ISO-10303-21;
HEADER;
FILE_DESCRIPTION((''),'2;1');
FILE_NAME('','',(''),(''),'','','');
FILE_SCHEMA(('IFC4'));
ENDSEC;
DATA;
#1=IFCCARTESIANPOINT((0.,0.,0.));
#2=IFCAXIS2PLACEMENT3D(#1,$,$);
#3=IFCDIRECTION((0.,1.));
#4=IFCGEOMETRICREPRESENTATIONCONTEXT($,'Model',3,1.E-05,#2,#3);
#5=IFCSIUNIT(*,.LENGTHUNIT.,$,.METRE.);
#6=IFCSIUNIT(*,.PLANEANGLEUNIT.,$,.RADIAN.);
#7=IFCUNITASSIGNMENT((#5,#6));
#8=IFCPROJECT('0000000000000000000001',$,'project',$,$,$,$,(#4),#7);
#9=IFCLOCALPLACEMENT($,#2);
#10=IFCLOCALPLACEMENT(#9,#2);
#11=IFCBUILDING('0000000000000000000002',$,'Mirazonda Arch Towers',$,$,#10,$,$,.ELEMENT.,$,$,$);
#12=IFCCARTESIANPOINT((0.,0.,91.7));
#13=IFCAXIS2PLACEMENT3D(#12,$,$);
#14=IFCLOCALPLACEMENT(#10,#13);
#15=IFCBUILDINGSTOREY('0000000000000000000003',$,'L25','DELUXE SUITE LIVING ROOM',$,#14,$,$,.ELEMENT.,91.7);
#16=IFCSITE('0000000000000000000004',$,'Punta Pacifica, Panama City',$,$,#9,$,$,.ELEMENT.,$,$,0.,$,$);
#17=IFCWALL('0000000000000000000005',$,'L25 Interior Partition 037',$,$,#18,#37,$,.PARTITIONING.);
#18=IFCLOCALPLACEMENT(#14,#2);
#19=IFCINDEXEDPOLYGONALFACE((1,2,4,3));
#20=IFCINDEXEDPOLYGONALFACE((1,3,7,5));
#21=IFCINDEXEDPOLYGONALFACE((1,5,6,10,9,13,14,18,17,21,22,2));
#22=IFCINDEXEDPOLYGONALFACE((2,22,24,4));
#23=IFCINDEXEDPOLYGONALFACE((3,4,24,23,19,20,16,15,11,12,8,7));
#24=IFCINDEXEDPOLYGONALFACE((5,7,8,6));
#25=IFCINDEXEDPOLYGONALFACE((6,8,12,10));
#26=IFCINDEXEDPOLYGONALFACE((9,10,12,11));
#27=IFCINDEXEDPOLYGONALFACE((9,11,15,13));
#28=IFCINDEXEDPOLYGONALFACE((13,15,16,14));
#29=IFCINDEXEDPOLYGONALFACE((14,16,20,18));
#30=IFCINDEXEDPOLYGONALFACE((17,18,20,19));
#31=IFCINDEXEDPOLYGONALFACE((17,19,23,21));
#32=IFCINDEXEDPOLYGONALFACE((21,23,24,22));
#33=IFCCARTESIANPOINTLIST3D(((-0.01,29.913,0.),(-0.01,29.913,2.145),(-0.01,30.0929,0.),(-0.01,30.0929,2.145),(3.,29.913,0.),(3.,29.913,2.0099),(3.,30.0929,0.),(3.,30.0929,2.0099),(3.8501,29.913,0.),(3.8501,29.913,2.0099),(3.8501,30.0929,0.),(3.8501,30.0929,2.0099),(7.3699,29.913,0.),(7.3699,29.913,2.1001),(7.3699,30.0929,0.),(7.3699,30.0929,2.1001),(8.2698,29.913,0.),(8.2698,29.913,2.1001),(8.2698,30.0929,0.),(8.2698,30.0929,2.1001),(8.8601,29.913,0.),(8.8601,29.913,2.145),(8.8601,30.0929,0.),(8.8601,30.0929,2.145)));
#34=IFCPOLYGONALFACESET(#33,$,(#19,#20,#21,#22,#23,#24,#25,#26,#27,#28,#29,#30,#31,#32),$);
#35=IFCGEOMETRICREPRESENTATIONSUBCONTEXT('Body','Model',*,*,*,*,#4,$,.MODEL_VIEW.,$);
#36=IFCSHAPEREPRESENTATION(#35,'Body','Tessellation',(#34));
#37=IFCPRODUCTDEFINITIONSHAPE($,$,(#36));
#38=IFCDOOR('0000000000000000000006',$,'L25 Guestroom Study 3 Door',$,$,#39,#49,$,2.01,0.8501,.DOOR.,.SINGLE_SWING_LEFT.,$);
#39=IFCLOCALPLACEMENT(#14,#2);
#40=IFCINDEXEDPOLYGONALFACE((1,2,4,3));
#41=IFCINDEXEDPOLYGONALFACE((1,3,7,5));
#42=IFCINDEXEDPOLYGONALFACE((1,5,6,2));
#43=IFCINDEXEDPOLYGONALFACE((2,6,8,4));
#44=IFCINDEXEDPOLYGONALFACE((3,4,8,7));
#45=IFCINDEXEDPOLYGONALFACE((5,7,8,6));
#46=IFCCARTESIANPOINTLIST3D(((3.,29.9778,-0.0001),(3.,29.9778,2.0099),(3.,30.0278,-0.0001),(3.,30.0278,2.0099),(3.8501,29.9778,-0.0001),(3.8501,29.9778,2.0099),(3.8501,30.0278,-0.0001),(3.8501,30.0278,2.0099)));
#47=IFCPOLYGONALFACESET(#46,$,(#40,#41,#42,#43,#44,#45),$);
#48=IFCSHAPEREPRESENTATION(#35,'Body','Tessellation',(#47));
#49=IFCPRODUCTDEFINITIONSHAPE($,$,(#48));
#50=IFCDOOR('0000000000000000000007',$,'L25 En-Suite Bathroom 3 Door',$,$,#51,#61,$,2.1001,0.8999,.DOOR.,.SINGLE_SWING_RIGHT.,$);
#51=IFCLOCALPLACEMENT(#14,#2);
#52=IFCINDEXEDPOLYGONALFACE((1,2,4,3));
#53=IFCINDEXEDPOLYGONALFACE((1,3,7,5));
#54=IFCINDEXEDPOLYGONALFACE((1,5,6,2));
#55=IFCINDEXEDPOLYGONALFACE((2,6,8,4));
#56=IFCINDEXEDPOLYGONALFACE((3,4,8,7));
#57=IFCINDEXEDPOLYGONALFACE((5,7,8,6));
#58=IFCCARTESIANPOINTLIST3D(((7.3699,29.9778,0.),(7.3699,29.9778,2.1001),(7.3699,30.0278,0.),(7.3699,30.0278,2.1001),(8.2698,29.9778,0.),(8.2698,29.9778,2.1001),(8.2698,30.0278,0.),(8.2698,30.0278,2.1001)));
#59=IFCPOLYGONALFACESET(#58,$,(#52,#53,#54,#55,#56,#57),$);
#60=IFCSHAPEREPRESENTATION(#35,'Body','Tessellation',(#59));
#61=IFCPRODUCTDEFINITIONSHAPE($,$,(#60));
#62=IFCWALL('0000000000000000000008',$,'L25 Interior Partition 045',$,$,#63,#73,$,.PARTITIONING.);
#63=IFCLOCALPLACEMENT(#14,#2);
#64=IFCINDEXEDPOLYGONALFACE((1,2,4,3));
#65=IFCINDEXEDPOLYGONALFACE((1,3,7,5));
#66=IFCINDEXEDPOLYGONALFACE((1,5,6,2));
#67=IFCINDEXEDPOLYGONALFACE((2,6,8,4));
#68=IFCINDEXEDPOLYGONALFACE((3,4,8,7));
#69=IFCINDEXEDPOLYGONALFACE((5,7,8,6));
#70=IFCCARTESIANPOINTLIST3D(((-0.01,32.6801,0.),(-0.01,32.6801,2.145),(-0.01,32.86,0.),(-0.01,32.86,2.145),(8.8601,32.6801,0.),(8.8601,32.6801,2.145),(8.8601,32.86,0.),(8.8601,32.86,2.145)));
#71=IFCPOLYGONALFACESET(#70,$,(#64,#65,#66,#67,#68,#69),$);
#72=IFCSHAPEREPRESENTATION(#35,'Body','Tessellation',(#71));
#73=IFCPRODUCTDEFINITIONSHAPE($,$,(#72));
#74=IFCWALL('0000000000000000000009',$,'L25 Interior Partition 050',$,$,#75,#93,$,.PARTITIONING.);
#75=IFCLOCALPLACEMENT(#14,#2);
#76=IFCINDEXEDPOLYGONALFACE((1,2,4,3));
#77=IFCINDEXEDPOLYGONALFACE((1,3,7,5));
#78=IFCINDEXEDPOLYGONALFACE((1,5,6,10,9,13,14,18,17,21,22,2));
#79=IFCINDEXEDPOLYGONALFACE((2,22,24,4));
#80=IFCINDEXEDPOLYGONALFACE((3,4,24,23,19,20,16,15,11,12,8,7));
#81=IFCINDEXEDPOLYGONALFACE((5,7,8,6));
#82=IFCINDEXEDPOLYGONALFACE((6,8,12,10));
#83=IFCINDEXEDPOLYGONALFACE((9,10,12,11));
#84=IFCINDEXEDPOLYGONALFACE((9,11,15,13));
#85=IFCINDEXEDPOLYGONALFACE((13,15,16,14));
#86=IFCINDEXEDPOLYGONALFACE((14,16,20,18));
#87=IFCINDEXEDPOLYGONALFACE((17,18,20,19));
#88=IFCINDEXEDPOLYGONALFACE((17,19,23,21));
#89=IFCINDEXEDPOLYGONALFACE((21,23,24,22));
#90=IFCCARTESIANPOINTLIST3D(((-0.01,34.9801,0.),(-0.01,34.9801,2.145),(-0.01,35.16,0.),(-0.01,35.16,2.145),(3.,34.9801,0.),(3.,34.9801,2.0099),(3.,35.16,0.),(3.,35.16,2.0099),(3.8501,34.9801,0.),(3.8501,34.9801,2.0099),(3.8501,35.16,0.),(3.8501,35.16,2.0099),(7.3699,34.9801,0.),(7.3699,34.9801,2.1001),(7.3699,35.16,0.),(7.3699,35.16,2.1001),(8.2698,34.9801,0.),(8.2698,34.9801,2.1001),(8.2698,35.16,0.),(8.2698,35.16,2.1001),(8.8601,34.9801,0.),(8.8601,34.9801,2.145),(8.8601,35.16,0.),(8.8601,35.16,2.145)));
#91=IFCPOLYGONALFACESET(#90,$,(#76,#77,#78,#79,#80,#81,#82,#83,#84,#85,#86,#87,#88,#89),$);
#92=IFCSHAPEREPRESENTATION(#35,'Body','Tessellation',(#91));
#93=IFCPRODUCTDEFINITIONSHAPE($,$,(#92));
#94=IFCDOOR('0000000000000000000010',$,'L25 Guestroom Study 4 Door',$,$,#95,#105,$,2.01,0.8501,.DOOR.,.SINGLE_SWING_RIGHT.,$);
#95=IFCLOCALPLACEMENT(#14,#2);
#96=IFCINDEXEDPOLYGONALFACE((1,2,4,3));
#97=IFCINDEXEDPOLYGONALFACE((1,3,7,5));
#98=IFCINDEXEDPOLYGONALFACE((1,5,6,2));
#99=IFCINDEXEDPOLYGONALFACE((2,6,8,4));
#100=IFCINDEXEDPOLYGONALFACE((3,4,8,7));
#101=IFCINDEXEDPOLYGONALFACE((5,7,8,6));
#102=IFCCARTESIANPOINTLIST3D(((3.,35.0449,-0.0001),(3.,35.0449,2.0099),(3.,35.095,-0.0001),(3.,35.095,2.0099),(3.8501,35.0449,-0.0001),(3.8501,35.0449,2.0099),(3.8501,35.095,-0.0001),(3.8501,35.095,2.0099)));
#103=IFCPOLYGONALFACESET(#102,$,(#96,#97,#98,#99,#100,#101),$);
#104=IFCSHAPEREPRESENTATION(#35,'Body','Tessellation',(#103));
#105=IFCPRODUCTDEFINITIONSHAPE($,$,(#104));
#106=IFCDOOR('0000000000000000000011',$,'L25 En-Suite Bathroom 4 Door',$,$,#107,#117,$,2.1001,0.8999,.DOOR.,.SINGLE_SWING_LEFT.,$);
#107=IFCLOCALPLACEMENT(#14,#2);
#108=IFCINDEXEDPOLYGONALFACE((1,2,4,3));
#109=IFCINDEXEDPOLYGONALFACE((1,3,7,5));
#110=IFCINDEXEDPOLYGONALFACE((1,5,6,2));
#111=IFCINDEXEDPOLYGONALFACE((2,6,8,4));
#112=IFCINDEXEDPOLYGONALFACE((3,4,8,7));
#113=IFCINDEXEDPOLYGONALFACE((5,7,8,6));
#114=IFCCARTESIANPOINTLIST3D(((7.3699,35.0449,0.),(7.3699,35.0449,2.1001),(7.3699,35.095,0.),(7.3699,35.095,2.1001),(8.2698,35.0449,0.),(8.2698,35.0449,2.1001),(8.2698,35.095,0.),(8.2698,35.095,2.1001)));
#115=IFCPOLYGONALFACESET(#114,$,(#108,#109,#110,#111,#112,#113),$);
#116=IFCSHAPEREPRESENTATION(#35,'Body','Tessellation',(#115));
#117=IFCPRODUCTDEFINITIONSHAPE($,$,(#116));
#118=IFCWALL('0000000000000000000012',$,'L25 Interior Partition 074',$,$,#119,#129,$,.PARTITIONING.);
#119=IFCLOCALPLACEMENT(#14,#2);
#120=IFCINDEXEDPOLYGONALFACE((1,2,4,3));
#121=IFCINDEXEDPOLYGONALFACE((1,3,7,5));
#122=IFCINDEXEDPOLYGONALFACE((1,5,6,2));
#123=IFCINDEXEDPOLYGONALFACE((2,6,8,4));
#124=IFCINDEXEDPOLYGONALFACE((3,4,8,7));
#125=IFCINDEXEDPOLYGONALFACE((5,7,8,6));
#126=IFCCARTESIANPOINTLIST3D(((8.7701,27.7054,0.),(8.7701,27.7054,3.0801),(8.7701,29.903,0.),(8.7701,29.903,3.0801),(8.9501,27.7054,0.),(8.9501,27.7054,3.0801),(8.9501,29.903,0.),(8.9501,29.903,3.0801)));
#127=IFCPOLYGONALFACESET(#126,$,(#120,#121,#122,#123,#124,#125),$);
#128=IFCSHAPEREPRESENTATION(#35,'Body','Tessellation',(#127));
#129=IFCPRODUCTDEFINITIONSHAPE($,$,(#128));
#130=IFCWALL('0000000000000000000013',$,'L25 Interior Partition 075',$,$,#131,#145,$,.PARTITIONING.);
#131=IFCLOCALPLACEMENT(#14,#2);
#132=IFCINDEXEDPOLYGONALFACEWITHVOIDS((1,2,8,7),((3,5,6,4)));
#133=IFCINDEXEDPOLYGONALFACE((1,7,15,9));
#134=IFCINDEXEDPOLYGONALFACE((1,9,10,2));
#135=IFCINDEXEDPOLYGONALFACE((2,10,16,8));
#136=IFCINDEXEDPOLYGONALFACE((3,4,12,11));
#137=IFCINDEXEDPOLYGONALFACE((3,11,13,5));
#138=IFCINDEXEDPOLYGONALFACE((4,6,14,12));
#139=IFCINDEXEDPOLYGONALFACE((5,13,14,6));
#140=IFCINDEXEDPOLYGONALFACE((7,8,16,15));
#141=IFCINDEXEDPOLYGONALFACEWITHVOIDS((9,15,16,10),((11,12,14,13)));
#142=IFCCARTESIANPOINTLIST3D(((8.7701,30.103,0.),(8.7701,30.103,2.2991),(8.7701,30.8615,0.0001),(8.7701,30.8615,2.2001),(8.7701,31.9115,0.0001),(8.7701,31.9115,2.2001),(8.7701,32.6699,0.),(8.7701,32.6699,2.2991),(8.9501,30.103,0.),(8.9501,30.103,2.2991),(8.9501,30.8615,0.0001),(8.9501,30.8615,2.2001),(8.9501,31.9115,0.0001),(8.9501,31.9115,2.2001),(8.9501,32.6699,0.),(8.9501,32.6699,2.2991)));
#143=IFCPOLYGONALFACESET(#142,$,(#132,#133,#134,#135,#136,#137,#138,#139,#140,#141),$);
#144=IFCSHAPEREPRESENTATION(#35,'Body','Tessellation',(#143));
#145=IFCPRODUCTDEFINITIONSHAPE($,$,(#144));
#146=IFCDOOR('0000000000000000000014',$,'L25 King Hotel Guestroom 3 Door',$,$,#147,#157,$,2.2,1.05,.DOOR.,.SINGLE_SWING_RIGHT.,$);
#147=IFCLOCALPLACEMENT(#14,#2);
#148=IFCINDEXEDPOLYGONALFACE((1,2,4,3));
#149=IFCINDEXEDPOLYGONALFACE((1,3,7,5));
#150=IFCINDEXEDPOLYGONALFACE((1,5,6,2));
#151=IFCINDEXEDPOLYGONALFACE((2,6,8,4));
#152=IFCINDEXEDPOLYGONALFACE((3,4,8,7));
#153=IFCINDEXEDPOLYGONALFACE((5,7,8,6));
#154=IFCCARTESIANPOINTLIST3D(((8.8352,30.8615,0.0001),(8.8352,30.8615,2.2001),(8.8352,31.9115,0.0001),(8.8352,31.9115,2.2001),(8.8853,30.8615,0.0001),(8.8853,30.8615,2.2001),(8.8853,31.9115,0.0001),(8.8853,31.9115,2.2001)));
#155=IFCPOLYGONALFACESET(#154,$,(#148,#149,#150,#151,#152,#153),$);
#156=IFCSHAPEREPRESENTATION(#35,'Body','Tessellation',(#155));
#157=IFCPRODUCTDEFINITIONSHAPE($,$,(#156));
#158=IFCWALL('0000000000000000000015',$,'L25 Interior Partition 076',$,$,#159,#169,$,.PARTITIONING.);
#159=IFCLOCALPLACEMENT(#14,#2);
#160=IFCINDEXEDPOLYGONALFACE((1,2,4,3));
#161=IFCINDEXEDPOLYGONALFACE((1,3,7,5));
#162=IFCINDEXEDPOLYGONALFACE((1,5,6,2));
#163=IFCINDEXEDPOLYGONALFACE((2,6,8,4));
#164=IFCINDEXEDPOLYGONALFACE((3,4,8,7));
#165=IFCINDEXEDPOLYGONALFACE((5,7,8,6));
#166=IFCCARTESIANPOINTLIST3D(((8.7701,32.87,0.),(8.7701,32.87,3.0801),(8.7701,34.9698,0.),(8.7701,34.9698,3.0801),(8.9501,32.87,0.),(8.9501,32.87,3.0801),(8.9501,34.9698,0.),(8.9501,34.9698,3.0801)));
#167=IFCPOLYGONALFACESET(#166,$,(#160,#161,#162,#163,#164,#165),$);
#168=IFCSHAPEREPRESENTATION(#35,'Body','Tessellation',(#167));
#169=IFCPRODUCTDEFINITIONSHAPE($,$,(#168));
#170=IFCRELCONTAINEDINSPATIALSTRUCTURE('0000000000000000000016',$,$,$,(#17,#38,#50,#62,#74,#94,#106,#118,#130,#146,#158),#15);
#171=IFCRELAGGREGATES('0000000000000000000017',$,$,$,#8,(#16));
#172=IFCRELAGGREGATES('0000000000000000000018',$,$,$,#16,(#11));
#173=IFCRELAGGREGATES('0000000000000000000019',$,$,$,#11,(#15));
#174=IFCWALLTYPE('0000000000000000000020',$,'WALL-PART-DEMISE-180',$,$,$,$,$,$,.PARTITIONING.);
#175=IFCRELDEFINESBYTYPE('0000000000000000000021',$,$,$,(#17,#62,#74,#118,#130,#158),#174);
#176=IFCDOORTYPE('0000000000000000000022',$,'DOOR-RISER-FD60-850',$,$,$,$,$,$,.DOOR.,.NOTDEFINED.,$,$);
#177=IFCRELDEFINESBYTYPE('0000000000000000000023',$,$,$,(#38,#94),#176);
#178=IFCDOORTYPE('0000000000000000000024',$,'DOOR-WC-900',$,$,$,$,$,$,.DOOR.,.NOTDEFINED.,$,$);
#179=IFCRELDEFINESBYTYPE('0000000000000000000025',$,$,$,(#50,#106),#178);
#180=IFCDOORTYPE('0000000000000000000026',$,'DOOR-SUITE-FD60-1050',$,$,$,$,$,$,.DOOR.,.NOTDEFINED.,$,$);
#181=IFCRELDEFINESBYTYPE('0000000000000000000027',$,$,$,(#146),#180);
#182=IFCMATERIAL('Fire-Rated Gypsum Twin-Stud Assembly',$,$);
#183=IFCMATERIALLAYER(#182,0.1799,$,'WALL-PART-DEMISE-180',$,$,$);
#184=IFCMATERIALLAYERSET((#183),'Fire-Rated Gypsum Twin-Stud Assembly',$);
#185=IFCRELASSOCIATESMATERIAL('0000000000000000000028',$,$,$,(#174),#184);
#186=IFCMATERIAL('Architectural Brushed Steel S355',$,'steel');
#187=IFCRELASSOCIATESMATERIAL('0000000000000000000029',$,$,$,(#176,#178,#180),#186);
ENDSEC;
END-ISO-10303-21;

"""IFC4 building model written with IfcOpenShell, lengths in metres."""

from ifc_helpers import new_model, si_unit, direction, frame, frame_2d, origin, place, context, subcontext, project, spatial, rectangle, extrude, material, layer, layer_set, type_object, element, fill, save


model = new_model("IFC4")

# Units and contexts
model_context = context("Model", 3, precision=1e-05, world=origin(), true_north=direction((0.0, 1.0)))
body_context = subcontext(model_context, "Body", "Model", "MODEL_VIEW")
ifc_project = project(units=[si_unit("LENGTHUNIT", "METRE"), si_unit("PLANEANGLEUNIT", "RADIAN")], contexts=[model_context])

# Site, building, storey
site_placement = place(None, origin())
site = spatial("IfcSite", under=ifc_project, at=site_placement, Name="Punta Pacifica, Panama City", CompositionType="ELEMENT", RefElevation=0.0)
building_placement = place(site_placement, origin())
building = spatial("IfcBuilding", under=site, at=building_placement, Name="Mirazonda Arch Towers", CompositionType="ELEMENT")
storey_placement = place(building_placement, frame((0.0, 0.0, 91.7)))
storey = spatial("IfcBuildingStorey", under=building, at=storey_placement, Name="L25", Description="DELUXE SUITE LIVING ROOM", CompositionType="ELEMENT", Elevation=91.7)

# Wall, openings, doors
ifc_material_1 = material(Name="Fire-Rated Gypsum Twin-Stud Assembly")
ifc_layer_1 = layer(ifc_material_1, 0.1799, Name="WALL-PART-DEMISE-180")
ifc_layer_set_1 = layer_set([ifc_layer_1], Name="Fire-Rated Gypsum Twin-Stud Assembly")
wall_type_1 = type_object("IfcWallType", Name="WALL-PART-DEMISE-180", PredefinedType="PARTITIONING", material=ifc_layer_set_1)
wall_1_placement = place(storey_placement, frame((-0.01, 30.0029, 0.0), z_axis=(0.0, 0.0, 1.0), x_axis=(1.0, 0.0, 0.0)))
wall_1 = element("IfcWall", 1, at=wall_1_placement, inside=storey, type_object=wall_type_1, Name="L25 Interior Partition 037", PredefinedType="PARTITIONING", context=body_context, shape_type="SweptSolid", body=[
    extrude(rectangle(XDim=8.8701, YDim=0.1799, at=frame_2d((4.4351, 0.0))), origin(), (0.0, 0.0, 1.0), 2.145),
])
opening_1_placement = place(wall_1_placement, frame((3.01, 0.0, 0.0)))
opening_1 = element("IfcOpeningElement", 2, at=opening_1_placement, cuts=wall_1, PredefinedType="OPENING", context=body_context, shape_type="SweptSolid", body=[
    extrude(rectangle(XDim=0.8501, YDim=2.01, at=frame_2d((0.425, 1.0049))), frame((0.0, 0.0999, 0.0), z_axis=(0.0, -1.0, 0.0), x_axis=(1.0, 0.0, 0.0)), (0.0, 0.0, 1.0), 0.2),
])
opening_2_placement = place(wall_1_placement, frame((7.3799, 0.0, 0.0)))
opening_2 = element("IfcOpeningElement", 3, at=opening_2_placement, cuts=wall_1, PredefinedType="OPENING", context=body_context, shape_type="SweptSolid", body=[
    extrude(rectangle(XDim=0.8999, YDim=2.1001, at=frame_2d((0.45, 1.05))), frame((0.0, 0.0999, 0.0), z_axis=(0.0, -1.0, 0.0), x_axis=(1.0, 0.0, 0.0)), (0.0, 0.0, 1.0), 0.2),
])
ifc_material_2 = material(Name="Architectural Brushed Steel S355", Category="steel")
door_type_1 = type_object("IfcDoorType", Name="DOOR-RISER-FD60-850", OperationType="NOTDEFINED", PredefinedType="DOOR", material=ifc_material_2)
door_1_placement = place(opening_1_placement, origin())
door_1 = element("IfcDoor", 4, at=door_1_placement, inside=storey, type_object=door_type_1, Name="L25 Guestroom Study 3 Door", OperationType="SINGLE_SWING_LEFT", OverallHeight=2.01, OverallWidth=0.8501, PredefinedType="DOOR", context=body_context, shape_type="SweptSolid", body=[
    extrude(rectangle(XDim=0.8501, YDim=2.01, at=frame_2d((0.425, 1.0049))), frame((0.0, 0.0249, 0.0), z_axis=(0.0, -1.0, 0.0), x_axis=(1.0, 0.0, 0.0)), (0.0, 0.0, 1.0), 0.05),
])
fill(opening_1, door_1)
door_type_2 = type_object("IfcDoorType", Name="DOOR-WC-900", OperationType="NOTDEFINED", PredefinedType="DOOR", material=ifc_material_2)
door_2_placement = place(opening_2_placement, origin())
door_2 = element("IfcDoor", 5, at=door_2_placement, inside=storey, type_object=door_type_2, Name="L25 En-Suite Bathroom 3 Door", OperationType="SINGLE_SWING_RIGHT", OverallHeight=2.1001, OverallWidth=0.8999, PredefinedType="DOOR", context=body_context, shape_type="SweptSolid", body=[
    extrude(rectangle(XDim=0.8999, YDim=2.1001, at=frame_2d((0.45, 1.05))), frame((0.0, 0.0249, 0.0), z_axis=(0.0, -1.0, 0.0), x_axis=(1.0, 0.0, 0.0)), (0.0, 0.0, 1.0), 0.05),
])
fill(opening_2, door_2)

# Wall
wall_2_placement = place(storey_placement, frame((-0.01, 32.77, 0.0), z_axis=(0.0, 0.0, 1.0), x_axis=(1.0, 0.0, 0.0)))
element("IfcWall", 6, at=wall_2_placement, inside=storey, type_object=wall_type_1, Name="L25 Interior Partition 045", PredefinedType="PARTITIONING", context=body_context, shape_type="SweptSolid", body=[
    extrude(rectangle(XDim=8.8701, YDim=0.1799, at=frame_2d((4.4351, 0.0))), origin(), (0.0, 0.0, 1.0), 2.145),
])

# Wall, openings, doors
wall_3_placement = place(storey_placement, frame((-0.01, 35.0701, 0.0), z_axis=(0.0, 0.0, 1.0), x_axis=(1.0, 0.0, 0.0)))
wall_3 = element("IfcWall", 7, at=wall_3_placement, inside=storey, type_object=wall_type_1, Name="L25 Interior Partition 050", PredefinedType="PARTITIONING", context=body_context, shape_type="SweptSolid", body=[
    extrude(rectangle(XDim=8.8701, YDim=0.1799, at=frame_2d((4.4351, 0.0))), origin(), (0.0, 0.0, 1.0), 2.145),
])
opening_3_placement = place(wall_3_placement, frame((3.01, 0.0, 0.0)))
opening_3 = element("IfcOpeningElement", 8, at=opening_3_placement, cuts=wall_3, PredefinedType="OPENING", context=body_context, shape_type="SweptSolid", body=[
    extrude(rectangle(XDim=0.8501, YDim=2.01, at=frame_2d((0.425, 1.0049))), frame((0.0, 0.0999, 0.0), z_axis=(0.0, -1.0, 0.0), x_axis=(1.0, 0.0, 0.0)), (0.0, 0.0, 1.0), 0.2),
])
opening_4_placement = place(wall_3_placement, frame((7.3799, 0.0, 0.0)))
opening_4 = element("IfcOpeningElement", 9, at=opening_4_placement, cuts=wall_3, PredefinedType="OPENING", context=body_context, shape_type="SweptSolid", body=[
    extrude(rectangle(XDim=0.8999, YDim=2.1001, at=frame_2d((0.45, 1.05))), frame((0.0, 0.0999, 0.0), z_axis=(0.0, -1.0, 0.0), x_axis=(1.0, 0.0, 0.0)), (0.0, 0.0, 1.0), 0.2),
])
door_3_placement = place(opening_3_placement, origin())
door_3 = element("IfcDoor", 10, at=door_3_placement, inside=storey, type_object=door_type_1, Name="L25 Guestroom Study 4 Door", OperationType="SINGLE_SWING_RIGHT", OverallHeight=2.01, OverallWidth=0.8501, PredefinedType="DOOR", context=body_context, shape_type="SweptSolid", body=[
    extrude(rectangle(XDim=0.8501, YDim=2.01, at=frame_2d((0.425, 1.0049))), frame((0.0, 0.0249, 0.0), z_axis=(0.0, -1.0, 0.0), x_axis=(1.0, 0.0, 0.0)), (0.0, 0.0, 1.0), 0.05),
])
fill(opening_3, door_3)
door_4_placement = place(opening_4_placement, origin())
door_4 = element("IfcDoor", 11, at=door_4_placement, inside=storey, type_object=door_type_2, Name="L25 En-Suite Bathroom 4 Door", OperationType="SINGLE_SWING_LEFT", OverallHeight=2.1001, OverallWidth=0.8999, PredefinedType="DOOR", context=body_context, shape_type="SweptSolid", body=[
    extrude(rectangle(XDim=0.8999, YDim=2.1001, at=frame_2d((0.45, 1.05))), frame((0.0, 0.0249, 0.0), z_axis=(0.0, -1.0, 0.0), x_axis=(1.0, 0.0, 0.0)), (0.0, 0.0, 1.0), 0.05),
])
fill(opening_4, door_4)

# Wall
wall_4_placement = place(storey_placement, frame((8.8601, 27.7056, 0.0), z_axis=(0.0, 0.0, 1.0), x_axis=(0.0, 1.0, 0.0)))
element("IfcWall", 12, at=wall_4_placement, inside=storey, type_object=wall_type_1, Name="L25 Interior Partition 074", PredefinedType="PARTITIONING", context=body_context, shape_type="SweptSolid", body=[
    extrude(rectangle(XDim=2.1975, YDim=0.1799, at=frame_2d((1.0986, 0.0))), origin(), (0.0, 0.0, 1.0), 3.0801),
])

# Wall, opening, door
wall_5_placement = place(storey_placement, frame((8.8601, 30.103, 0.0), z_axis=(0.0, 0.0, 1.0), x_axis=(0.0, 1.0, 0.0)))
wall_5 = element("IfcWall", 13, at=wall_5_placement, inside=storey, type_object=wall_type_1, Name="L25 Interior Partition 075", PredefinedType="PARTITIONING", context=body_context, shape_type="SweptSolid", body=[
    extrude(rectangle(XDim=2.5669, YDim=0.1799, at=frame_2d((1.2834, 0.0))), origin(), (0.0, 0.0, 1.0), 2.2991),
])
opening_5_placement = place(wall_5_placement, frame((0.7585, 0.0, 0.0)))
opening_5 = element("IfcOpeningElement", 14, at=opening_5_placement, cuts=wall_5, PredefinedType="OPENING", context=body_context, shape_type="SweptSolid", body=[
    extrude(rectangle(XDim=1.05, YDim=2.2, at=frame_2d((0.5249, 1.1001))), frame((0.0, 0.0999, 0.0), z_axis=(0.0, -1.0, 0.0), x_axis=(1.0, 0.0, 0.0)), (0.0, 0.0, 1.0), 0.2),
])
door_type_3 = type_object("IfcDoorType", Name="DOOR-SUITE-FD60-1050", OperationType="NOTDEFINED", PredefinedType="DOOR", material=ifc_material_2)
door_5_placement = place(opening_5_placement, origin())
door_5 = element("IfcDoor", 15, at=door_5_placement, inside=storey, type_object=door_type_3, Name="L25 King Hotel Guestroom 3 Door", OperationType="SINGLE_SWING_RIGHT", OverallHeight=2.2, OverallWidth=1.05, PredefinedType="DOOR", context=body_context, shape_type="SweptSolid", body=[
    extrude(rectangle(XDim=1.05, YDim=2.2, at=frame_2d((0.5249, 1.1001))), frame((0.0, 0.0249, 0.0), z_axis=(0.0, -1.0, 0.0), x_axis=(1.0, 0.0, 0.0)), (0.0, 0.0, 1.0), 0.05),
])
fill(opening_5, door_5)

# Wall
wall_6_placement = place(storey_placement, frame((8.8601, 32.8701, 0.0), z_axis=(0.0, 0.0, 1.0), x_axis=(0.0, 1.0, 0.0)))
element("IfcWall", 16, at=wall_6_placement, inside=storey, type_object=wall_type_1, Name="L25 Interior Partition 076", PredefinedType="PARTITIONING", context=body_context, shape_type="SweptSolid", body=[
    extrude(rectangle(XDim=2.0999, YDim=0.1799, at=frame_2d((1.0498, 0.0))), origin(), (0.0, 0.0, 1.0), 3.0801),
])

save(model, "model.ifc")
